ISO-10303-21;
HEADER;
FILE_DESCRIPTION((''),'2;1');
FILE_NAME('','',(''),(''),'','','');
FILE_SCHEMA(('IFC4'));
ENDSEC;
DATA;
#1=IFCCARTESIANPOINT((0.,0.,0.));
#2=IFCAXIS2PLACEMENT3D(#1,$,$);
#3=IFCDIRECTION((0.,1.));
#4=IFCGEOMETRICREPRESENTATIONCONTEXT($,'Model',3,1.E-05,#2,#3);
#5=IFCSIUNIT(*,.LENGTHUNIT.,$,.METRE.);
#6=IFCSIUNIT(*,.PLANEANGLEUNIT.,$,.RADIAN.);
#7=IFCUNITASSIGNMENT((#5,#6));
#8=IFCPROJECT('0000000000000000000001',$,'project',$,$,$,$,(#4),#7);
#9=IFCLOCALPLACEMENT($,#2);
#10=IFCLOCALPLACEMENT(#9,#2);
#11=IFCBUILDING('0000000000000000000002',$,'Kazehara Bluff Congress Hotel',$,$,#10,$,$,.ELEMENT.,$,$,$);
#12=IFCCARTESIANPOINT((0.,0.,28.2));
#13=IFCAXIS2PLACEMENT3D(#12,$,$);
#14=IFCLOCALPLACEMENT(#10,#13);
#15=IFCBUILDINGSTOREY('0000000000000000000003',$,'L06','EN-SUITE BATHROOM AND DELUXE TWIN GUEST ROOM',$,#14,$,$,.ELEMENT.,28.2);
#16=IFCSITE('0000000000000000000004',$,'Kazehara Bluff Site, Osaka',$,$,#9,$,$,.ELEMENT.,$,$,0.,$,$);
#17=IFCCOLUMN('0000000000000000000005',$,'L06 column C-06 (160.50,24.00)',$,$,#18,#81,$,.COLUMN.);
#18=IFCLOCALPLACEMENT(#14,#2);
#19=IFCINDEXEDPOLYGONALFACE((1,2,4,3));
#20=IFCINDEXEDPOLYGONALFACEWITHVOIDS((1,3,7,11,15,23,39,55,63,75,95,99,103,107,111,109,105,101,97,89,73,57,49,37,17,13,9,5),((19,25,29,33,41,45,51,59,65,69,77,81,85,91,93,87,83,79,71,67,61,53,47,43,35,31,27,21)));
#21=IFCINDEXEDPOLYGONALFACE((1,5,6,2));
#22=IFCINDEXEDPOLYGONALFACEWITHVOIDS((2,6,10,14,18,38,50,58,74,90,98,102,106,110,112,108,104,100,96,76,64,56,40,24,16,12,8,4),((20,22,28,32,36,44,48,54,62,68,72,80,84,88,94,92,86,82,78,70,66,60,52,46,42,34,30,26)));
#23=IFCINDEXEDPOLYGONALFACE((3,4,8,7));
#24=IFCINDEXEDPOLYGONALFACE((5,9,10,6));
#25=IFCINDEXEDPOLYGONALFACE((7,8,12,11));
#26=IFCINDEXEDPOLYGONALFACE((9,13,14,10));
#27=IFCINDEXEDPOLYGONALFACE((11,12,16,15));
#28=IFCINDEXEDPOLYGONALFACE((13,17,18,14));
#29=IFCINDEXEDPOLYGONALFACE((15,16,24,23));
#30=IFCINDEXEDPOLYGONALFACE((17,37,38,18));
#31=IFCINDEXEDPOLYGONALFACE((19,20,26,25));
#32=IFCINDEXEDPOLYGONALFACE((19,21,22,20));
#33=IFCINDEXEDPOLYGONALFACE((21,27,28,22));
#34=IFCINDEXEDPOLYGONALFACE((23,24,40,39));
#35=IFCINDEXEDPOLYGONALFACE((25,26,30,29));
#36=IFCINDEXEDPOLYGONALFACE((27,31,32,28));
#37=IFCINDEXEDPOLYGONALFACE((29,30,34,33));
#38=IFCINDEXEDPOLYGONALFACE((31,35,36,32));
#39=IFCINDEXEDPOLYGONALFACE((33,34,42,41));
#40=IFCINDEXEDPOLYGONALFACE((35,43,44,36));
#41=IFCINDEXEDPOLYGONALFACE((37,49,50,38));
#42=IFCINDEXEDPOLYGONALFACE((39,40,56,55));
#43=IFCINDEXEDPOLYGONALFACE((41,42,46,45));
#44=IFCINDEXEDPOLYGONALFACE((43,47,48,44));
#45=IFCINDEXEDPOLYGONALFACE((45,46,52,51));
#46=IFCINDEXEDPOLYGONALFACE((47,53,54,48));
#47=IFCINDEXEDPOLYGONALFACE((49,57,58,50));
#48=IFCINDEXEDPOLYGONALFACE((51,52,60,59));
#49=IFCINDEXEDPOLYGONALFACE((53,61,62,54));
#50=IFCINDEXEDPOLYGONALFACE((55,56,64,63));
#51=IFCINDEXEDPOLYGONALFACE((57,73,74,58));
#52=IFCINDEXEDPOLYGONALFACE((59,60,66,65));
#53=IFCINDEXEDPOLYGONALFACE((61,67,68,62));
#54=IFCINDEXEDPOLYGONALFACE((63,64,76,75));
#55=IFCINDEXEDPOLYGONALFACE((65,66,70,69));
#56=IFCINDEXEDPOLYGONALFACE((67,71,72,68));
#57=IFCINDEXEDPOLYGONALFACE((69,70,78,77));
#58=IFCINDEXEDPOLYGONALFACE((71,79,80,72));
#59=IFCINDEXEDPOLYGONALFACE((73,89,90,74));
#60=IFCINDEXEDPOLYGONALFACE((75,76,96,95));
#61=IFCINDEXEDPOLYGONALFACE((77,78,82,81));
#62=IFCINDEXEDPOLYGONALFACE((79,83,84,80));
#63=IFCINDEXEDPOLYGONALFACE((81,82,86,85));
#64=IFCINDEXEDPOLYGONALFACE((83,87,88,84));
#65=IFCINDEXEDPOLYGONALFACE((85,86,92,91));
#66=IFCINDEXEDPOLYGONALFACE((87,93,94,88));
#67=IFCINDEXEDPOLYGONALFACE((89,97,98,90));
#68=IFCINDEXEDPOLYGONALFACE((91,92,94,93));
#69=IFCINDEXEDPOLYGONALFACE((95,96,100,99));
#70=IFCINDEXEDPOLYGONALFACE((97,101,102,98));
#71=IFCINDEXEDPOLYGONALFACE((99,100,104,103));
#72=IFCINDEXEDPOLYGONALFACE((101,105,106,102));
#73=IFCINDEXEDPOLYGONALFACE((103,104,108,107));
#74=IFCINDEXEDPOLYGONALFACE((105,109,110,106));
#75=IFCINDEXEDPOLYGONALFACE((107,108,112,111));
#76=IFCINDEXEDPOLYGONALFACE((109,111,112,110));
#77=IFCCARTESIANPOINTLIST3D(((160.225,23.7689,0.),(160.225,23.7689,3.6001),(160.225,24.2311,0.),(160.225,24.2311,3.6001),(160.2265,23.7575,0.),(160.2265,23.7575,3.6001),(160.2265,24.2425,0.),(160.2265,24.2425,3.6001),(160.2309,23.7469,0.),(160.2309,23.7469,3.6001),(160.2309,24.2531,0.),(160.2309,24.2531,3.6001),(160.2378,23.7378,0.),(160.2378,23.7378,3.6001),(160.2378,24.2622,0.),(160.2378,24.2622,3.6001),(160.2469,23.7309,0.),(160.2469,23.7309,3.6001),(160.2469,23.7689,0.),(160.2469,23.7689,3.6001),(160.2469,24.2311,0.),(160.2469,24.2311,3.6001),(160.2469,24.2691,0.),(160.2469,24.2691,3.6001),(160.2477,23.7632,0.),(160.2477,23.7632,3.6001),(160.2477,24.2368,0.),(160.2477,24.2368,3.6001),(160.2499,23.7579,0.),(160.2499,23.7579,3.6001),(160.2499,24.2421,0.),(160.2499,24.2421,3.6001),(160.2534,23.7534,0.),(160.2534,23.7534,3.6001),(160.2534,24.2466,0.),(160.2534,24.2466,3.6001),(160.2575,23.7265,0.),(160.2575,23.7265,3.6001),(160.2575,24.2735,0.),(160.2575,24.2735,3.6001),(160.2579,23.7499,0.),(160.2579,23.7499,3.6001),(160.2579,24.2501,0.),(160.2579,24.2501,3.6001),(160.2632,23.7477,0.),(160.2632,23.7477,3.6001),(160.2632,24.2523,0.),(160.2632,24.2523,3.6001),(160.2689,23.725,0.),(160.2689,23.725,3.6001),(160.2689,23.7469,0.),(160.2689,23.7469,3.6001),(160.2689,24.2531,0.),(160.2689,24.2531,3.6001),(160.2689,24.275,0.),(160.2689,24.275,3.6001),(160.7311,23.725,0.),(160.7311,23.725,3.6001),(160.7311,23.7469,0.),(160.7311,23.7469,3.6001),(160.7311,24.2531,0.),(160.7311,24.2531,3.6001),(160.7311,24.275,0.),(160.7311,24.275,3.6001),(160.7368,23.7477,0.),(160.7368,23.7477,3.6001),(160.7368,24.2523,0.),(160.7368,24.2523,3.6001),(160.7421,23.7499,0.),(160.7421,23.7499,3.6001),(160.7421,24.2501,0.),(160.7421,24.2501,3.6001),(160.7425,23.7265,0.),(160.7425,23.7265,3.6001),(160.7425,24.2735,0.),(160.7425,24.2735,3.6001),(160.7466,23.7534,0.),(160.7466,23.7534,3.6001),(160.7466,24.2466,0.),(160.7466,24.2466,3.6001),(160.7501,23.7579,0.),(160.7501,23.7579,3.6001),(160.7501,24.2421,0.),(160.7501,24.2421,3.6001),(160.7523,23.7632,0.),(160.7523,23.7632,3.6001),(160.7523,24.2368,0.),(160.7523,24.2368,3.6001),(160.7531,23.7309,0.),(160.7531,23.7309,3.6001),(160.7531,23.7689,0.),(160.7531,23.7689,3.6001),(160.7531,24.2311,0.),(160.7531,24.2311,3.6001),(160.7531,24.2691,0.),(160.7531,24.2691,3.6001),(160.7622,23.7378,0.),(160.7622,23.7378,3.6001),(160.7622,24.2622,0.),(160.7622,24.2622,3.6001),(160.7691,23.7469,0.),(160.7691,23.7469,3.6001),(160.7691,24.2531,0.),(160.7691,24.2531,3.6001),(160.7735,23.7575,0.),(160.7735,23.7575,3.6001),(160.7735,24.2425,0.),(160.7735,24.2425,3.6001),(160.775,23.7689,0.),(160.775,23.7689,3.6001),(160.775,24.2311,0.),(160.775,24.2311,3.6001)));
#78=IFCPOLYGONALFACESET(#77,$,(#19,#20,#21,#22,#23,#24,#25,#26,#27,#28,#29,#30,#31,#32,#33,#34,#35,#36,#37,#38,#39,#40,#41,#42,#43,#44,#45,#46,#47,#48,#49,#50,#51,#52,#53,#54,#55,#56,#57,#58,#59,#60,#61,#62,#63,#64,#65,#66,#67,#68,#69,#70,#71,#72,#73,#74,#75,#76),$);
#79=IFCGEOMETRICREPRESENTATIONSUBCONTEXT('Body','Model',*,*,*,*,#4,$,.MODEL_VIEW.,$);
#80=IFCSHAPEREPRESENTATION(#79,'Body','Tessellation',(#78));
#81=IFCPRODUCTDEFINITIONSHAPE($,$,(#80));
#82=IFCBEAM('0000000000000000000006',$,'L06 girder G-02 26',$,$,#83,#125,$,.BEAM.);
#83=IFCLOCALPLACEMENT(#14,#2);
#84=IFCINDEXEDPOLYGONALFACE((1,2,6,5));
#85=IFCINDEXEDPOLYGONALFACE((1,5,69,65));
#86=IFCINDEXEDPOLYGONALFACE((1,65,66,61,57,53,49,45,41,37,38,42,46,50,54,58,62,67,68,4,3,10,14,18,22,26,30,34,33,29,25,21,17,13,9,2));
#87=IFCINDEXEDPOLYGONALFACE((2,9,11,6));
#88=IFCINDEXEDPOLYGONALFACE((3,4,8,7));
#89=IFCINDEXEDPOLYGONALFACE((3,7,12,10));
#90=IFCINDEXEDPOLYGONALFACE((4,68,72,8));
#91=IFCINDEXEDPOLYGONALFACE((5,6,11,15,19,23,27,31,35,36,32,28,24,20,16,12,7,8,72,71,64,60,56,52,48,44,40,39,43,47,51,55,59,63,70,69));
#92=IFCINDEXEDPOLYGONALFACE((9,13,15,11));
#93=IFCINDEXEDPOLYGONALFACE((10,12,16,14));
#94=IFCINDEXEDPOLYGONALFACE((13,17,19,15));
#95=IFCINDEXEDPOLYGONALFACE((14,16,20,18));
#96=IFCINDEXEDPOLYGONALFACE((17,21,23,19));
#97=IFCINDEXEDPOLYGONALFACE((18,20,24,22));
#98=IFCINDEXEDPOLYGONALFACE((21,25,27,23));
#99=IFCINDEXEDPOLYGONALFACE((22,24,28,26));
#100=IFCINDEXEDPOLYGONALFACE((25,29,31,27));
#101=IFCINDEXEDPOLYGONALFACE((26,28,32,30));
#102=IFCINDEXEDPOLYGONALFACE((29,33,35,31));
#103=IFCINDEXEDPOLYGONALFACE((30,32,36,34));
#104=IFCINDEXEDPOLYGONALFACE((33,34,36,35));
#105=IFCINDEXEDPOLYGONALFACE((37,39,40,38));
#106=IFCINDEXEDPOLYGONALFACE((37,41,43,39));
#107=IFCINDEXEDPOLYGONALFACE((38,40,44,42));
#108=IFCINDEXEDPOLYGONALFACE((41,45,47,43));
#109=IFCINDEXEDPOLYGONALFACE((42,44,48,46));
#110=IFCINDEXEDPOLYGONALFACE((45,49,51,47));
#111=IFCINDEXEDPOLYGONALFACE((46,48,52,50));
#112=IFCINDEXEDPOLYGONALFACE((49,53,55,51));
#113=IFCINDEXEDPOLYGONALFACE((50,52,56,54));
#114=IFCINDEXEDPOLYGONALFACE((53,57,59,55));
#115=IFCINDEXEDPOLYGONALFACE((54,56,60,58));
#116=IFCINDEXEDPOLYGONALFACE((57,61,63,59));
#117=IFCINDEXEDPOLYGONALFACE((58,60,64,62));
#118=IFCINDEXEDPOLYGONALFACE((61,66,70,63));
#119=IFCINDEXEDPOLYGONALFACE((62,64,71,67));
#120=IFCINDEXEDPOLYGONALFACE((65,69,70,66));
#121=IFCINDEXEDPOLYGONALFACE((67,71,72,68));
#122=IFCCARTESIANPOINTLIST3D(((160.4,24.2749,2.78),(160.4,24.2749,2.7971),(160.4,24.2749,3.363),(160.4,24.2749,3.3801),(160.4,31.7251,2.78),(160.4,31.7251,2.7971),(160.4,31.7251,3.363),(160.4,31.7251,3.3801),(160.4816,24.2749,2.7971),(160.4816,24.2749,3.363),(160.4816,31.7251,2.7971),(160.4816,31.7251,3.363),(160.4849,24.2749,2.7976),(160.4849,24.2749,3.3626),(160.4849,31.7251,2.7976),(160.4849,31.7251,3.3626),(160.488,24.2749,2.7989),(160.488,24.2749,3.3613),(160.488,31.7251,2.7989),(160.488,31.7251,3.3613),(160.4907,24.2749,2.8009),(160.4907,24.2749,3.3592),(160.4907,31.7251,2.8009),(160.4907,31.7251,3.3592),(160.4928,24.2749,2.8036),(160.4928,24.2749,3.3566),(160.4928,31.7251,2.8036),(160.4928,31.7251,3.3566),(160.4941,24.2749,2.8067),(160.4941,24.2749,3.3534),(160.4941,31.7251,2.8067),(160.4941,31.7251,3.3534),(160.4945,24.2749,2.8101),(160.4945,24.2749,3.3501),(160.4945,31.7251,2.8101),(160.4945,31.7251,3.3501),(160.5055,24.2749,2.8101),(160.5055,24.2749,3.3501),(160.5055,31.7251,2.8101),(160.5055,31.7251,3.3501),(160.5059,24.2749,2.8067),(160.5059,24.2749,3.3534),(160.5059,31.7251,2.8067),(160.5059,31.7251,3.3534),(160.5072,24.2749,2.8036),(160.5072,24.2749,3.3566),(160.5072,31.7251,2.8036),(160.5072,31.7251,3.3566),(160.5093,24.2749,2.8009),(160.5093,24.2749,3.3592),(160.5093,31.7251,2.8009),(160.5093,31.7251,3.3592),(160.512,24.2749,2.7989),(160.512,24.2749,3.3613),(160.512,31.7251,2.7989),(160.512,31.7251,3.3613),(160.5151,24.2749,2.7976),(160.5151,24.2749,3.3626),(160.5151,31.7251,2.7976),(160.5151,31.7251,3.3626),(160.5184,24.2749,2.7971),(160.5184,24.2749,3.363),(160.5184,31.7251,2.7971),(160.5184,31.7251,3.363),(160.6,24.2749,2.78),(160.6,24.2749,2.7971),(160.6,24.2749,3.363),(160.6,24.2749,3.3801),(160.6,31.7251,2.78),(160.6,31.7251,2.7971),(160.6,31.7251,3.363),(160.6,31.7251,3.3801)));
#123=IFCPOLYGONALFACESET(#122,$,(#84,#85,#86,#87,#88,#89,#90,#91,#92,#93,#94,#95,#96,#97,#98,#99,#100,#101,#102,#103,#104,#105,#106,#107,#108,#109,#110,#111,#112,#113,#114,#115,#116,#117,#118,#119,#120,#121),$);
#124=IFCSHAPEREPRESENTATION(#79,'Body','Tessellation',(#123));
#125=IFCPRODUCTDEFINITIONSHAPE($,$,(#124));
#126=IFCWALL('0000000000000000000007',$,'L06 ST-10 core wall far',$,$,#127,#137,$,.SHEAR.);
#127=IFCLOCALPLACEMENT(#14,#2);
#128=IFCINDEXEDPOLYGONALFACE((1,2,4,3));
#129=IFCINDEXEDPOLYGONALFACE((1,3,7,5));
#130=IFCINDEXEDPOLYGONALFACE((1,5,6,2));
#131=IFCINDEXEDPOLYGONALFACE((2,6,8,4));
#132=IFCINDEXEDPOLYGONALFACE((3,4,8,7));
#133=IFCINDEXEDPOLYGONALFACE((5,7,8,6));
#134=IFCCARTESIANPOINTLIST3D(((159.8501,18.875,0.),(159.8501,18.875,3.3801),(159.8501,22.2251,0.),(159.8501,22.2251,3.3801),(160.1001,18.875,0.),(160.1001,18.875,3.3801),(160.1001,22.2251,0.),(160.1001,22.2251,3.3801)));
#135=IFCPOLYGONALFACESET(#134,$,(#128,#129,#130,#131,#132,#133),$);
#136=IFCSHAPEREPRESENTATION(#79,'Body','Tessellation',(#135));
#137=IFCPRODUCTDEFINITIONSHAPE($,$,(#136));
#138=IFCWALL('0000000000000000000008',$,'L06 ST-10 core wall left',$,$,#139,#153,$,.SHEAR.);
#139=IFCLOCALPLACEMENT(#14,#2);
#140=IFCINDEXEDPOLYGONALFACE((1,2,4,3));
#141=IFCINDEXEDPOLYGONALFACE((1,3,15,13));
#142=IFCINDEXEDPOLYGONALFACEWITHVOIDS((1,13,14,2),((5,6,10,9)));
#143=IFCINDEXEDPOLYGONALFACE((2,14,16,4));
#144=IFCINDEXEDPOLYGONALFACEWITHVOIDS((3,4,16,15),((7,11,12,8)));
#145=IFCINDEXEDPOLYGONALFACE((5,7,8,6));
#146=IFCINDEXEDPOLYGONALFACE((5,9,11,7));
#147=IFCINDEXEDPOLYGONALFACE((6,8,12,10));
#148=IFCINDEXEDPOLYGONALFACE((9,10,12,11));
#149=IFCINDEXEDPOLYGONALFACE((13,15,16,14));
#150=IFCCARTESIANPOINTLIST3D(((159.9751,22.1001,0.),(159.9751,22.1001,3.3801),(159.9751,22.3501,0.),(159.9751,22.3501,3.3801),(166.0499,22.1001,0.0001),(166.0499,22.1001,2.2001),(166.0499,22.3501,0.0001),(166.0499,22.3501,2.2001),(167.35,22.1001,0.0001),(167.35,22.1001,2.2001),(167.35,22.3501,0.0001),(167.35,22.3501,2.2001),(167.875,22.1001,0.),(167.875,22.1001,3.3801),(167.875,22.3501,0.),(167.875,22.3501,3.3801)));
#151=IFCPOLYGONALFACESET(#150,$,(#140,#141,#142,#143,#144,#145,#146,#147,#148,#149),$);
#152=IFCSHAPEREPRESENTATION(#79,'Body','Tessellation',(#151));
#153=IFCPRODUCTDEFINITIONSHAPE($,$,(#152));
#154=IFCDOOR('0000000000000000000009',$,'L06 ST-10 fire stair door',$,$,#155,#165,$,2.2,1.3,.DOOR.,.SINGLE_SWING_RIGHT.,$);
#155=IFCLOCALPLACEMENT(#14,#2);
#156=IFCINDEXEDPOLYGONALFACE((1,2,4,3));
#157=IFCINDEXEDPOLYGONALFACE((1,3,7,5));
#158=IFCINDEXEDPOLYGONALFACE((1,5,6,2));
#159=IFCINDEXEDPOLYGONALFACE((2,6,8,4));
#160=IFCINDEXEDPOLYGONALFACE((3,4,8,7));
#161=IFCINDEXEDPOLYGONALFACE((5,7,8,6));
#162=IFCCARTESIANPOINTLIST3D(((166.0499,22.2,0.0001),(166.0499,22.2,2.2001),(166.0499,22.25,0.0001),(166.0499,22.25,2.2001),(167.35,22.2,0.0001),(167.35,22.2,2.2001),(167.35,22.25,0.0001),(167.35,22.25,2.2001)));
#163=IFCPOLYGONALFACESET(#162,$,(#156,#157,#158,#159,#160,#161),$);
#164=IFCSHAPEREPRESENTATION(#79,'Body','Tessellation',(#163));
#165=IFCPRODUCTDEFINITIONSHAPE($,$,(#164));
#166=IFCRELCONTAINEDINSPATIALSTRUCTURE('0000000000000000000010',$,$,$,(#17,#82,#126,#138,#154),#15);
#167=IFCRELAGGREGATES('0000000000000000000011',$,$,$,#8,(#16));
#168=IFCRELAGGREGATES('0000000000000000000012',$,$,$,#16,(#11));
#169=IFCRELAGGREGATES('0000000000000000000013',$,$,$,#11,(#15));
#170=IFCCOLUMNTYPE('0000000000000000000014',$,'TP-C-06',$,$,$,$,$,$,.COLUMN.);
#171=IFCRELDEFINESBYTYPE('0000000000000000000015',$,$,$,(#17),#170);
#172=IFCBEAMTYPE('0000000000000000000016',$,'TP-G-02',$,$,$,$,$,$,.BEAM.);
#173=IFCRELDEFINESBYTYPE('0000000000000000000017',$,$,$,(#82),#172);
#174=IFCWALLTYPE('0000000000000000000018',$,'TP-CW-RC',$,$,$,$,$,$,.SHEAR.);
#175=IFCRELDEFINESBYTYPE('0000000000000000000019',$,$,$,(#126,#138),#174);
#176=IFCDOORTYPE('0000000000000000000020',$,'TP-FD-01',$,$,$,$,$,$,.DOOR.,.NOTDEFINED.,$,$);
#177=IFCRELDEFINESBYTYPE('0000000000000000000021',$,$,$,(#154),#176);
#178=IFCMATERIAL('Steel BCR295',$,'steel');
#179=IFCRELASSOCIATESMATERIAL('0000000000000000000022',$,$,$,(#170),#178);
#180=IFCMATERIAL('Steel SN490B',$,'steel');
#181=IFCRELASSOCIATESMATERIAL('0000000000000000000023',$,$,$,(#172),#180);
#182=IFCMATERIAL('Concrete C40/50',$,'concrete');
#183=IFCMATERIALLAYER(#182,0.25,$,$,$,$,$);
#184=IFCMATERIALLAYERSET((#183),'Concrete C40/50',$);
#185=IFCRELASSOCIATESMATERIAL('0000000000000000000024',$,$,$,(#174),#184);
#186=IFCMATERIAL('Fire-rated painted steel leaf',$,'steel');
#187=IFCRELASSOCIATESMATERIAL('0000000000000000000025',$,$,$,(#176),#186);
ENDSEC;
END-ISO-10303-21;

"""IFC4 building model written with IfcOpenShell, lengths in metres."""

from ifc_helpers import new_model, si_unit, direction, frame, frame_2d, origin, origin_2d, place, context, subcontext, project, spatial, rectangle, hollow_rectangle, i_section, extrude, material, layer, layer_set, material_profile, profile_set, type_object, element, fill, save


model = new_model("IFC4")

# Units and contexts
model_context = context("Model", 3, precision=1e-05, world=origin(), true_north=direction((0.0, 1.0)))
body_context = subcontext(model_context, "Body", "Model", "MODEL_VIEW")
ifc_project = project(units=[si_unit("LENGTHUNIT", "METRE"), si_unit("PLANEANGLEUNIT", "RADIAN")], contexts=[model_context])

# Site, building, storey
site_placement = place(None, origin())
site = spatial("IfcSite", under=ifc_project, at=site_placement, Name="Kazehara Bluff Site, Osaka", CompositionType="ELEMENT", RefElevation=0.0)
building_placement = place(site_placement, origin())
building = spatial("IfcBuilding", under=site, at=building_placement, Name="Kazehara Bluff Congress Hotel", CompositionType="ELEMENT")
storey_placement = place(building_placement, frame((0.0, 0.0, 28.2)))
storey = spatial("IfcBuildingStorey", under=building, at=storey_placement, Name="L06", Description="EN-SUITE BATHROOM AND DELUXE TWIN GUEST ROOM", CompositionType="ELEMENT", Elevation=28.2)

# Column
ifc_material_1 = material(Name="Steel BCR295", Category="steel")
ifc_material_profile_1 = material_profile(ifc_material_1, hollow_rectangle(XDim=0.55, YDim=0.55, WallThickness=0.022, InnerFilletRadius=0.022, OuterFilletRadius=0.0439, at=origin_2d()))
ifc_profile_set_1 = profile_set([ifc_material_profile_1], Name="Steel BCR295")
column_type = type_object("IfcColumnType", Name="TP-C-06", PredefinedType="COLUMN", material=ifc_profile_set_1)
column_placement = place(storey_placement, frame((160.5, 24.0, 0.0), z_axis=(0.0, 0.0, 1.0), x_axis=(1.0, 0.0, 0.0)))
element("IfcColumn", 1, at=column_placement, inside=storey, type_object=column_type, Name="L06 column C-06 (160.50,24.00)", PredefinedType="COLUMN", context=body_context, shape_type="SweptSolid", body=[
    extrude(hollow_rectangle(XDim=0.55, YDim=0.55, WallThickness=0.022, InnerFilletRadius=0.022, OuterFilletRadius=0.0439, at=origin_2d()), origin(), (0.0, 0.0, 1.0), 3.6001),
])

# Beam
ifc_material_2 = material(Name="Steel SN490B", Category="steel")
ifc_material_profile_2 = material_profile(ifc_material_2, i_section(OverallWidth=0.2, OverallDepth=0.6001, WebThickness=0.011, FlangeThickness=0.0171, FilletRadius=0.0129, at=origin_2d()))
ifc_profile_set_2 = profile_set([ifc_material_profile_2], Name="Steel SN490B")
beam_type = type_object("IfcBeamType", Name="TP-G-02", PredefinedType="BEAM", material=ifc_profile_set_2)
beam_placement = place(storey_placement, frame((160.5, 24.2749, 3.0801), z_axis=(0.0, 1.0, 0.0), x_axis=(-1.0, 0.0, 0.0)))
element("IfcBeam", 2, at=beam_placement, inside=storey, type_object=beam_type, Name="L06 girder G-02 26", PredefinedType="BEAM", context=body_context, shape_type="SweptSolid", body=[
    extrude(i_section(OverallWidth=0.2, OverallDepth=0.6001, WebThickness=0.011, FlangeThickness=0.0171, FilletRadius=0.0129, at=origin_2d()), origin(), (0.0, 0.0, 1.0), 7.4502),
])

# Wall
ifc_material_3 = material(Name="Concrete C40/50", Category="concrete")
ifc_layer_1 = layer(ifc_material_3, 0.25)
ifc_layer_set_1 = layer_set([ifc_layer_1], Name="Concrete C40/50")
wall_type_1 = type_object("IfcWallType", Name="TP-CW-RC", PredefinedType="SHEAR", material=ifc_layer_set_1)
wall_1_placement = place(storey_placement, frame((159.9751, 18.875, 0.0), z_axis=(0.0, 0.0, 1.0), x_axis=(0.0, 1.0, 0.0)))
element("IfcWall", 3, at=wall_1_placement, inside=storey, type_object=wall_type_1, Name="L06 ST-10 core wall far", PredefinedType="SHEAR", context=body_context, shape_type="SweptSolid", body=[
    extrude(rectangle(XDim=3.3501, YDim=0.25, at=frame_2d((1.675, 0.0))), origin(), (0.0, 0.0, 1.0), 3.3801),
])

# Wall, opening, door
wall_2_placement = place(storey_placement, frame((159.9751, 22.2251, 0.0), z_axis=(0.0, 0.0, 1.0), x_axis=(1.0, 0.0, 0.0)))
wall_2 = element("IfcWall", 4, at=wall_2_placement, inside=storey, type_object=wall_type_1, Name="L06 ST-10 core wall left", PredefinedType="SHEAR", context=body_context, shape_type="SweptSolid", body=[
    extrude(rectangle(XDim=7.8999, YDim=0.25, at=frame_2d((3.95, 0.0))), origin(), (0.0, 0.0, 1.0), 3.3801),
])
opening_1_placement = place(wall_2_placement, frame((6.075, 0.0, 0.0)))
opening_1 = element("IfcOpeningElement", 5, at=opening_1_placement, cuts=wall_2, PredefinedType="OPENING", context=body_context, shape_type="SweptSolid", body=[
    extrude(rectangle(XDim=1.3, YDim=2.2, at=frame_2d((0.6499, 1.1001))), frame((0.0, 0.135, 0.0), z_axis=(0.0, -1.0, 0.0), x_axis=(1.0, 0.0, 0.0)), (0.0, 0.0, 1.0), 0.27),
])
ifc_material_4 = material(Name="Fire-rated painted steel leaf", Category="steel")
door_type_1 = type_object("IfcDoorType", Name="TP-FD-01", OperationType="NOTDEFINED", PredefinedType="DOOR", material=ifc_material_4)
door_1_placement = place(opening_1_placement, origin())
door_1 = element("IfcDoor", 6, at=door_1_placement, inside=storey, type_object=door_type_1, Name="L06 ST-10 fire stair door", OperationType="SINGLE_SWING_RIGHT", OverallHeight=2.2, OverallWidth=1.3, PredefinedType="DOOR", context=body_context, shape_type="SweptSolid", body=[
    extrude(rectangle(XDim=1.3, YDim=2.2, at=frame_2d((0.6499, 1.1001))), frame((0.0, 0.0249, 0.0), z_axis=(0.0, -1.0, 0.0), x_axis=(1.0, 0.0, 0.0)), (0.0, 0.0, 1.0), 0.05),
])
fill(opening_1, door_1)

save(model, "model.ifc")
